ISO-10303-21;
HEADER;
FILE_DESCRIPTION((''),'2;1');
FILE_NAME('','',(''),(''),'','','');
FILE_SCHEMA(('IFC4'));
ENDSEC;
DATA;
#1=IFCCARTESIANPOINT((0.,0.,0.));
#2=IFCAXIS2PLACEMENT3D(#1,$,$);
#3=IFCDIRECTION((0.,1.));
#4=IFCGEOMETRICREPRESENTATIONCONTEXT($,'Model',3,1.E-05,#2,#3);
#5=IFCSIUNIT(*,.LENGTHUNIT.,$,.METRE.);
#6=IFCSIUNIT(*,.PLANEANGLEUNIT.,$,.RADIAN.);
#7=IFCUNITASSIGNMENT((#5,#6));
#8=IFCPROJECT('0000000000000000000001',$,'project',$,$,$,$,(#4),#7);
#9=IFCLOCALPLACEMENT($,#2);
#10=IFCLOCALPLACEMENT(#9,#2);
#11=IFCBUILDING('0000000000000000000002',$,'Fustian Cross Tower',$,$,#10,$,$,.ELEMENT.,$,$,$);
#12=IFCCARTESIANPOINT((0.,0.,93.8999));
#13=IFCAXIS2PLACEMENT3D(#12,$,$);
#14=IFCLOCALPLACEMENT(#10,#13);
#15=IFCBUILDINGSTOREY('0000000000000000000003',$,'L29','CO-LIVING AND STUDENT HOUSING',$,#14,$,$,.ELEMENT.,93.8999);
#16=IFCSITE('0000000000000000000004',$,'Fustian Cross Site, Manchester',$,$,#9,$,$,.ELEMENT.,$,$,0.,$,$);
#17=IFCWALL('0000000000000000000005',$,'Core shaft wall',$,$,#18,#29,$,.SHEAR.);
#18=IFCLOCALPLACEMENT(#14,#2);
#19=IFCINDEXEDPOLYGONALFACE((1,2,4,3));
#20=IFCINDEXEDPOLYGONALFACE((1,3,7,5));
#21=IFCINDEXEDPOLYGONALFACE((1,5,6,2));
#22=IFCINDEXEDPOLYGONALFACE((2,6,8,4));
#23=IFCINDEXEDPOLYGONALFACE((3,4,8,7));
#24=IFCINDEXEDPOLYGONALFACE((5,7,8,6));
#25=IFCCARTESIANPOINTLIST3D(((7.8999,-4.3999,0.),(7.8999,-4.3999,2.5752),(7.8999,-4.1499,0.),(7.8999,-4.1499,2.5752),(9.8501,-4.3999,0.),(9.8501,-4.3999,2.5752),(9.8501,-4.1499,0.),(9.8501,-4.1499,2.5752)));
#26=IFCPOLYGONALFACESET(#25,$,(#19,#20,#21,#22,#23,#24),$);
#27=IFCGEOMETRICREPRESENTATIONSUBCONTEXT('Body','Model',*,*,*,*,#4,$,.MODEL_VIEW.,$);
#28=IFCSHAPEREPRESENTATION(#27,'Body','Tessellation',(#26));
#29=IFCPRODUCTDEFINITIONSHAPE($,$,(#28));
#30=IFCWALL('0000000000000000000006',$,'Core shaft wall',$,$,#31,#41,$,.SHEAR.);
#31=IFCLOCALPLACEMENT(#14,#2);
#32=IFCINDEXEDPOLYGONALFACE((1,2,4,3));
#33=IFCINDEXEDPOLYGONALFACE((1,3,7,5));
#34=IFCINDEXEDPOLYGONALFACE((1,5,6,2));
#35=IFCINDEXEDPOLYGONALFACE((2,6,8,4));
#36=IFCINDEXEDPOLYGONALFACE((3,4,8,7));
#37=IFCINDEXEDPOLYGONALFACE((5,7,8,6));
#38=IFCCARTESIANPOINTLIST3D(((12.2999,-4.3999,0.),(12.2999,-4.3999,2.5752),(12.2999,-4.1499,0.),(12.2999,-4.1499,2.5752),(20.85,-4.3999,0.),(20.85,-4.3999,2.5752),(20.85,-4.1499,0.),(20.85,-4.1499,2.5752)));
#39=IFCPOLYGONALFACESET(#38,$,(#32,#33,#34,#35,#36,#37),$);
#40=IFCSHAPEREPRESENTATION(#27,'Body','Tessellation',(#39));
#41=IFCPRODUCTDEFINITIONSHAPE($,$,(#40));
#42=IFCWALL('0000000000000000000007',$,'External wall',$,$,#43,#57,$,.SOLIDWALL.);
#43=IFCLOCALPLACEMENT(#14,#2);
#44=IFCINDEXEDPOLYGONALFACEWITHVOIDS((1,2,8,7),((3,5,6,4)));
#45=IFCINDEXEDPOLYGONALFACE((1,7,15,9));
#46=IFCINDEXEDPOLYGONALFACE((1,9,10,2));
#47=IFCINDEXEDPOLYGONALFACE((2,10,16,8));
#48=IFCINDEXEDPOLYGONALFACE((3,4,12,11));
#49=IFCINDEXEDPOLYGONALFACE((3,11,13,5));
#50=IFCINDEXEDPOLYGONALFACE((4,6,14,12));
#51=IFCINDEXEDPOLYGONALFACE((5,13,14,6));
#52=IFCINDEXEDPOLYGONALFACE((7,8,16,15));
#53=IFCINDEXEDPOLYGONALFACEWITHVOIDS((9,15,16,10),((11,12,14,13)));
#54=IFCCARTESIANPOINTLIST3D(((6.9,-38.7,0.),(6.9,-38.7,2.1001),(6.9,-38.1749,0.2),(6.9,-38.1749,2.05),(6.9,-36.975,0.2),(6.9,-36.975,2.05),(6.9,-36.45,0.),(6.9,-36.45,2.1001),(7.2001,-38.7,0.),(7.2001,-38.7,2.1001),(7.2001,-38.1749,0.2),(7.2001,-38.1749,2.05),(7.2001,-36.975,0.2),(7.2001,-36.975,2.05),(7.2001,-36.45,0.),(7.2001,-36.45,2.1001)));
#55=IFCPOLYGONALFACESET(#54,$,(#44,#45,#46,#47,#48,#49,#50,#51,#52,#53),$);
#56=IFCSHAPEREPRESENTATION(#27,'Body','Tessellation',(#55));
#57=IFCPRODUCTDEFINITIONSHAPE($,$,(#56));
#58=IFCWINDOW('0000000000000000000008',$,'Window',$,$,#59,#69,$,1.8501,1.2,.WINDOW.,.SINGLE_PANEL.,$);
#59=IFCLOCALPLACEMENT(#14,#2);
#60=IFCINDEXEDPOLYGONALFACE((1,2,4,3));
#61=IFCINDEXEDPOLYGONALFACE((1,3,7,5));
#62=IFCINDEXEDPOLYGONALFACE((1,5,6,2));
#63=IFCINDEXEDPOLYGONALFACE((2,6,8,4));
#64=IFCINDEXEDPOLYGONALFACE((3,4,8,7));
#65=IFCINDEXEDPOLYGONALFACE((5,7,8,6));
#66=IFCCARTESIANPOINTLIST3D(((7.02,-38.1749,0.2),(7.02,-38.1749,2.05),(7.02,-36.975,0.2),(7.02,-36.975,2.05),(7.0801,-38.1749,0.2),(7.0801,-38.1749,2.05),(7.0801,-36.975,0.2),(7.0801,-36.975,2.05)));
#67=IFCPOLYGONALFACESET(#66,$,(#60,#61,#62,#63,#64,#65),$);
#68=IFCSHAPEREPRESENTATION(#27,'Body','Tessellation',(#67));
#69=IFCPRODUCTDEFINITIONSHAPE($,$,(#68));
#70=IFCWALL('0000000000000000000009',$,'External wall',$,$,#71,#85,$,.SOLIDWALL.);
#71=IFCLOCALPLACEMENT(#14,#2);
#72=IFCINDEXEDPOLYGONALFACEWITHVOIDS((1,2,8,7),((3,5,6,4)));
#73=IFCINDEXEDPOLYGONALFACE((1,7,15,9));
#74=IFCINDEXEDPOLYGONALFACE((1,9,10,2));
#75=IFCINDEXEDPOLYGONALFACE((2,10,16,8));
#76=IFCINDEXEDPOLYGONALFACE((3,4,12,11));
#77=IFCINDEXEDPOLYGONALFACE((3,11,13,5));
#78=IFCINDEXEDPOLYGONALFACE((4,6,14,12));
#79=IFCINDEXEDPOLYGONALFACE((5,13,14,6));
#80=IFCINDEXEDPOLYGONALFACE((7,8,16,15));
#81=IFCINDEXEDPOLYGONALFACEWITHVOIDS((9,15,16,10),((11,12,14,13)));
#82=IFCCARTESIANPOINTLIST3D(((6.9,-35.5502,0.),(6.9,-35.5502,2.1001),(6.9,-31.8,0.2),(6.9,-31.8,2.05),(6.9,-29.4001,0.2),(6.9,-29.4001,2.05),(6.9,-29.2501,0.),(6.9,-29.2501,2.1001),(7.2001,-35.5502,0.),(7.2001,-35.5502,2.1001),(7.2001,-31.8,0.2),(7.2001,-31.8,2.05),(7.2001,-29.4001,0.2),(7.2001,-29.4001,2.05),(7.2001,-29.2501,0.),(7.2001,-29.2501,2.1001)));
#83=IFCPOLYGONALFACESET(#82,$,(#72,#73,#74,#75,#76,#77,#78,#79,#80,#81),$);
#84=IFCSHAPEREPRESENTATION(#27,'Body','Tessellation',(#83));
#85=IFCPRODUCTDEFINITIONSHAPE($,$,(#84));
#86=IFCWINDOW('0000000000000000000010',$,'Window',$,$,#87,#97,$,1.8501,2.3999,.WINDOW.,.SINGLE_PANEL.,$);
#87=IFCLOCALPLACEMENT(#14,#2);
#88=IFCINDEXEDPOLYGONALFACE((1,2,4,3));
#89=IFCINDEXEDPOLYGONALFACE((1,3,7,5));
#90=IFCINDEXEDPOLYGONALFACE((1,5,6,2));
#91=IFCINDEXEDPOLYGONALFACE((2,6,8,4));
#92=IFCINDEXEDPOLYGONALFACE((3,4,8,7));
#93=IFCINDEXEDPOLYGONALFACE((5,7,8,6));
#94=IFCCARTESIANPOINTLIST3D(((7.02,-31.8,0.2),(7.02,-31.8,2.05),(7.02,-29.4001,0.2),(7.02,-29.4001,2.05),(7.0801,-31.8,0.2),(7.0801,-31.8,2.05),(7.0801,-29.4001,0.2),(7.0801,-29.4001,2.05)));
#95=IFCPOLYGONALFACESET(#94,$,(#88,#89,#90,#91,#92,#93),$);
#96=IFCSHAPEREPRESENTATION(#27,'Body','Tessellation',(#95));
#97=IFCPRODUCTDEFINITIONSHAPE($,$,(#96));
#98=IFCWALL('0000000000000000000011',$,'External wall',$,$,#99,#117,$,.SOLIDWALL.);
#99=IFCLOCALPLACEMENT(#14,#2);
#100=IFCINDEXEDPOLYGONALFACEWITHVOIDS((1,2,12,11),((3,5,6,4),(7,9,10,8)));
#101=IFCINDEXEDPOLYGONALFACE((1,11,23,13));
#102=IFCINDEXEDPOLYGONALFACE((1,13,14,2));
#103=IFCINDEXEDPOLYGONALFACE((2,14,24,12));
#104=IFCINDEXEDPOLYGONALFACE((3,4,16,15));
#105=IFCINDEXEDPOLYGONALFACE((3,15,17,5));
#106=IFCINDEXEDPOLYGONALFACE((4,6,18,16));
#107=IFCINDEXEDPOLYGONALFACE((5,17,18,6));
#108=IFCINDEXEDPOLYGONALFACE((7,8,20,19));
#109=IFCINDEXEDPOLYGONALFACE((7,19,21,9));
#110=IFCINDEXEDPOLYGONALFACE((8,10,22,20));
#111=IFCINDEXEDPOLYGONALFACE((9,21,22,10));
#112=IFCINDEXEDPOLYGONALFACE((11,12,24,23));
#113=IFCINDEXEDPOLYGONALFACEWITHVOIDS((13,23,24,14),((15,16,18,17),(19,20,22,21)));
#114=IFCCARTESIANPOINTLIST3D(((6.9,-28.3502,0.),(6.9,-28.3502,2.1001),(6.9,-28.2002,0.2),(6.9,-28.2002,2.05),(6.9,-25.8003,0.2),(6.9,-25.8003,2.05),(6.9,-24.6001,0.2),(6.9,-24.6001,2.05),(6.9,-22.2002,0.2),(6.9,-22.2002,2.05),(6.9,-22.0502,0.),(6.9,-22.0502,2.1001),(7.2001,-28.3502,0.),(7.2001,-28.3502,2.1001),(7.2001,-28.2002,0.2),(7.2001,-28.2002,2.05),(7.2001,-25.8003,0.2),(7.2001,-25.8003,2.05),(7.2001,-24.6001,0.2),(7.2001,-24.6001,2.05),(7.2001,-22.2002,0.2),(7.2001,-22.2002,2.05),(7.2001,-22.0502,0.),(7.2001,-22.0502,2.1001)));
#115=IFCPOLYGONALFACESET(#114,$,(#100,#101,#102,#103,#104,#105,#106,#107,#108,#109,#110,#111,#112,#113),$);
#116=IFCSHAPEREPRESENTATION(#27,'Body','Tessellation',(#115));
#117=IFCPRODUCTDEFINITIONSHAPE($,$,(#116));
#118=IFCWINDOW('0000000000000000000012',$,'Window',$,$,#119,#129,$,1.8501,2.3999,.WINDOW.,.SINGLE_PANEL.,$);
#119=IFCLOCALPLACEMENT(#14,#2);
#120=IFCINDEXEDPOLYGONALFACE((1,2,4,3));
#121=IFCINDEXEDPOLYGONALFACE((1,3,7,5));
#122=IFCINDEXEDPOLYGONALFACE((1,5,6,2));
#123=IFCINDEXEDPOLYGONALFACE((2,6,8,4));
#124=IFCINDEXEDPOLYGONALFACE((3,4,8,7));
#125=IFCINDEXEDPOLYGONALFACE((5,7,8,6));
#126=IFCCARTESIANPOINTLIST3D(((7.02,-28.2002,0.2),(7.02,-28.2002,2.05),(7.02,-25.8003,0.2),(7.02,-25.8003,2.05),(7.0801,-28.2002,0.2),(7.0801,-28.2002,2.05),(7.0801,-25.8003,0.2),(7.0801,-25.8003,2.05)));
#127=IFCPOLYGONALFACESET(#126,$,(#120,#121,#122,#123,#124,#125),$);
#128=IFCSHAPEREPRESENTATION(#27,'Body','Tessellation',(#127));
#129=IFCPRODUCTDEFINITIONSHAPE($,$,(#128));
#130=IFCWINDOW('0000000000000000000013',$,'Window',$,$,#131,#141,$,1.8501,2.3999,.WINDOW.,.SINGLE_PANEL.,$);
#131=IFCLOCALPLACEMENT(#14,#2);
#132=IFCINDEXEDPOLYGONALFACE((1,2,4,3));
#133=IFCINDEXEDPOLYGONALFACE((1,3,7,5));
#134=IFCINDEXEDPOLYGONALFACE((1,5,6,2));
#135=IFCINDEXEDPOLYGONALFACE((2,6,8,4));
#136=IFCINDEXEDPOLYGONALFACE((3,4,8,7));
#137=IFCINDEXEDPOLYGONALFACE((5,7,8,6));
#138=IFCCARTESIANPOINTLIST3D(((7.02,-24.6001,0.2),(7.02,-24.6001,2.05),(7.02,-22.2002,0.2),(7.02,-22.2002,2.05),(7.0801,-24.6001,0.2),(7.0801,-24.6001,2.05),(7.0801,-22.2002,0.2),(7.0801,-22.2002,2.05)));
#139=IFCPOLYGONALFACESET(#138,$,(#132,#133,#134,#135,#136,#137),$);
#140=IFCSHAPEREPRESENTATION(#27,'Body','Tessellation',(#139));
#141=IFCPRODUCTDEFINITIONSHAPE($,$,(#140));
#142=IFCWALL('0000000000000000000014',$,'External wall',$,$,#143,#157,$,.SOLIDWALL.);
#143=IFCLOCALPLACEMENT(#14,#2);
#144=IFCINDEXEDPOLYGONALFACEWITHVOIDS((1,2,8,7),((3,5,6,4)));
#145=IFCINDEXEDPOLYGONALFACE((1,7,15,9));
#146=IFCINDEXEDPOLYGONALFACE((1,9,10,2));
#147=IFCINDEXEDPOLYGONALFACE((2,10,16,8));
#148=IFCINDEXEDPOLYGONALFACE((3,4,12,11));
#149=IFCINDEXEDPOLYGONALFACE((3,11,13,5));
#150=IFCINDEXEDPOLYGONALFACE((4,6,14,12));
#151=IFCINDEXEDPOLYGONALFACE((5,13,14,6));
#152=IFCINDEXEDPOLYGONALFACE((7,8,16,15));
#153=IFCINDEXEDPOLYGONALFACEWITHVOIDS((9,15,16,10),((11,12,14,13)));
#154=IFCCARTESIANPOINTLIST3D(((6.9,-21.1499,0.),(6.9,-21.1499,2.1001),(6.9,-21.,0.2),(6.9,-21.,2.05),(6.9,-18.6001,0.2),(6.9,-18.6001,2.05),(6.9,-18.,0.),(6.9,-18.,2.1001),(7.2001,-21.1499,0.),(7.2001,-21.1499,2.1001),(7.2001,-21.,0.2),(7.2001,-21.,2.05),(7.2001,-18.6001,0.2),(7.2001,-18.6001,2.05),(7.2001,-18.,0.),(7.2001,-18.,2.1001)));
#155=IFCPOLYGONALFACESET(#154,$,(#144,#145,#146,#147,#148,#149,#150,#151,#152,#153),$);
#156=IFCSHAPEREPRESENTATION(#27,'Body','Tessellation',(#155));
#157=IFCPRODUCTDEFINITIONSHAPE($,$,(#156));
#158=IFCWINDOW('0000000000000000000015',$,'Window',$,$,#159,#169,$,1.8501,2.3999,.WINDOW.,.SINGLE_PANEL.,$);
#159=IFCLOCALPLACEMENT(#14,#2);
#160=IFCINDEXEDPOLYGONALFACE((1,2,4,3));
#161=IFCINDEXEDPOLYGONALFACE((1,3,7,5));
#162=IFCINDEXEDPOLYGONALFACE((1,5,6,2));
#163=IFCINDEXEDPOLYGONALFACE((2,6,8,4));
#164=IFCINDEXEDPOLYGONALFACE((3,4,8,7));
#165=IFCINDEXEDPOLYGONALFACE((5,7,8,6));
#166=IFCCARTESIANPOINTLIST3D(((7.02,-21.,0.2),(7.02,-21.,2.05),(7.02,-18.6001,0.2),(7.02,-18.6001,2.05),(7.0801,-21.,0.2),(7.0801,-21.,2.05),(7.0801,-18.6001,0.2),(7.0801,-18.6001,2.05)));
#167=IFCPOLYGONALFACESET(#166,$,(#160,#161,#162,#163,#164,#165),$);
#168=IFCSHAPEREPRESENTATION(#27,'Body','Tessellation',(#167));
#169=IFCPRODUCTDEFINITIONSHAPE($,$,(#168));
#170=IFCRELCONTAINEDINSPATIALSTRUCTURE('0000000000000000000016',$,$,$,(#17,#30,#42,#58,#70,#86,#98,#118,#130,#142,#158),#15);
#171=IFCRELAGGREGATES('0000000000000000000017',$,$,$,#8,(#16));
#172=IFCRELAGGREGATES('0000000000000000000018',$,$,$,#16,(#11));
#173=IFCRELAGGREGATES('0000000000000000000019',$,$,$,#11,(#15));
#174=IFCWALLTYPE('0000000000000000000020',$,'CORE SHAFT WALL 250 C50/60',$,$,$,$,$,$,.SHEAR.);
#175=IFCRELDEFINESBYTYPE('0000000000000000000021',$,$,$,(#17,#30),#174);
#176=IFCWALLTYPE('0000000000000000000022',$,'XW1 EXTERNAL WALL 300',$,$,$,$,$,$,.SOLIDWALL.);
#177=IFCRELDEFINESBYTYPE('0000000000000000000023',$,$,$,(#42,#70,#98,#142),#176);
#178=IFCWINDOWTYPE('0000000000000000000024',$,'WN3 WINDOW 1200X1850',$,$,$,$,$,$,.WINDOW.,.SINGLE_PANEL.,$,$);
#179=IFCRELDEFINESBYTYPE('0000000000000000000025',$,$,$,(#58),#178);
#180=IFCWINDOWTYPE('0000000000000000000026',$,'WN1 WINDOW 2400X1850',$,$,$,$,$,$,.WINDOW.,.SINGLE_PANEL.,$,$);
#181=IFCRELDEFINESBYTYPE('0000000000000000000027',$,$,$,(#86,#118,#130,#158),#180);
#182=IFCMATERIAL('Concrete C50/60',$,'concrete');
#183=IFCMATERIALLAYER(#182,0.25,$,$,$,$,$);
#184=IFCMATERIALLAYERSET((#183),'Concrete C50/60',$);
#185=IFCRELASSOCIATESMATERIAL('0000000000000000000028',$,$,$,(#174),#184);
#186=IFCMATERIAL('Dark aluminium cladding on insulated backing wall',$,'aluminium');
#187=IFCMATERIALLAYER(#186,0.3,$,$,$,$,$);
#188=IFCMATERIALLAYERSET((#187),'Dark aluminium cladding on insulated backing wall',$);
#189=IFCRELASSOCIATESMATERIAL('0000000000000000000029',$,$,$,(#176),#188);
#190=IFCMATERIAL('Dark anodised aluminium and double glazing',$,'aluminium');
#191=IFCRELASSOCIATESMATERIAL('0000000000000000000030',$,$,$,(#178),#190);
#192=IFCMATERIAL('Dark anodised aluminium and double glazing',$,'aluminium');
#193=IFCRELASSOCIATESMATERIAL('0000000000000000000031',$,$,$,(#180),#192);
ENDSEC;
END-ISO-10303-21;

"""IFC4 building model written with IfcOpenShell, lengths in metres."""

from ifc_helpers import new_model, si_unit, direction, frame, frame_2d, origin, place, context, subcontext, project, spatial, rectangle, extrude, material, layer, layer_set, type_object, element, fill, save


model = new_model("IFC4")

# Units and contexts
model_context = context("Model", 3, precision=1e-05, world=origin(), true_north=direction((0.0, 1.0)))
body_context = subcontext(model_context, "Body", "Model", "MODEL_VIEW")
ifc_project = project(units=[si_unit("LENGTHUNIT", "METRE"), si_unit("PLANEANGLEUNIT", "RADIAN")], contexts=[model_context])

# Site, building, storey
site_placement = place(None, origin())
site = spatial("IfcSite", under=ifc_project, at=site_placement, Name="Fustian Cross Site, Manchester", CompositionType="ELEMENT", RefElevation=0.0)
building_placement = place(site_placement, origin())
building = spatial("IfcBuilding", under=site, at=building_placement, Name="Fustian Cross Tower", CompositionType="ELEMENT")
storey_placement = place(building_placement, frame((0.0, 0.0, 93.8999)))
storey = spatial("IfcBuildingStorey", under=building, at=storey_placement, Name="L29", Description="CO-LIVING AND STUDENT HOUSING", CompositionType="ELEMENT", Elevation=93.8999)

# Walls
ifc_material_1 = material(Name="Concrete C50/60", Category="concrete")
ifc_layer_1 = layer(ifc_material_1, 0.25)
ifc_layer_set_1 = layer_set([ifc_layer_1], Name="Concrete C50/60")
wall_type_1 = type_object("IfcWallType", Name="CORE SHAFT WALL 250 C50/60", PredefinedType="SHEAR", material=ifc_layer_set_1)
wall_1_placement = place(storey_placement, frame((7.8999, -4.2749, 0.0), z_axis=(0.0, 0.0, 1.0), x_axis=(1.0, 0.0, 0.0)))
element("IfcWall", 1, at=wall_1_placement, inside=storey, type_object=wall_type_1, Name="Core shaft wall", PredefinedType="SHEAR", context=body_context, shape_type="SweptSolid", body=[
    extrude(rectangle(XDim=1.9502, YDim=0.25, at=frame_2d((0.9751, 0.0))), origin(), (0.0, 0.0, 1.0), 2.5752),
])
wall_2_placement = place(storey_placement, frame((12.3, -4.2749, 0.0), z_axis=(0.0, 0.0, 1.0), x_axis=(1.0, 0.0, 0.0)))
element("IfcWall", 2, at=wall_2_placement, inside=storey, type_object=wall_type_1, Name="Core shaft wall", PredefinedType="SHEAR", context=body_context, shape_type="SweptSolid", body=[
    extrude(rectangle(XDim=8.55, YDim=0.25, at=frame_2d((4.2749, 0.0))), origin(), (0.0, 0.0, 1.0), 2.5752),
])

# Walls, openings, windows
ifc_material_2 = material(Name="Dark aluminium cladding on insulated backing wall", Category="aluminium")
ifc_layer_2 = layer(ifc_material_2, 0.3)
ifc_layer_set_2 = layer_set([ifc_layer_2], Name="Dark aluminium cladding on insulated backing wall")
wall_type_2 = type_object("IfcWallType", Name="XW1 EXTERNAL WALL 300", PredefinedType="SOLIDWALL", material=ifc_layer_set_2)
wall_3_placement = place(storey_placement, frame((7.05, -38.7, 0.0), z_axis=(0.0, 0.0, 1.0), x_axis=(0.0, 1.0, 0.0)))
wall_3 = element("IfcWall", 3, at=wall_3_placement, inside=storey, type_object=wall_type_2, Name="External wall", PredefinedType="SOLIDWALL", context=body_context, shape_type="SweptSolid", body=[
    extrude(rectangle(XDim=2.25, YDim=0.3, at=frame_2d((1.125, 0.0))), origin(), (0.0, 0.0, 1.0), 2.1001),
])
opening_1_placement = place(wall_3_placement, frame((0.5249, 0.0, 0.2)))
opening_1 = element("IfcOpeningElement", 4, at=opening_1_placement, cuts=wall_3, PredefinedType="OPENING", context=body_context, shape_type="SweptSolid", body=[
    extrude(rectangle(XDim=1.2, YDim=1.8501, at=frame_2d((0.6001, 0.925))), frame((0.0, 0.1599, 0.0), z_axis=(0.0, -1.0, 0.0), x_axis=(1.0, 0.0, 0.0)), (0.0, 0.0, 1.0), 0.3201),
])
ifc_material_3 = material(Name="Dark anodised aluminium and double glazing", Category="aluminium")
window_type_1 = type_object("IfcWindowType", Name="WN3 WINDOW 1200X1850", PartitioningType="SINGLE_PANEL", PredefinedType="WINDOW", material=ifc_material_3)
window_1_placement = place(opening_1_placement, origin())
window_1 = element("IfcWindow", 5, at=window_1_placement, inside=storey, type_object=window_type_1, Name="Window", OverallHeight=1.8501, OverallWidth=1.2, PartitioningType="SINGLE_PANEL", PredefinedType="WINDOW", context=body_context, shape_type="SweptSolid", body=[
    extrude(rectangle(XDim=1.2, YDim=1.8501, at=frame_2d((0.6001, 0.925))), frame((0.0, 0.03, 0.0), z_axis=(0.0, -1.0, 0.0), x_axis=(1.0, 0.0, 0.0)), (0.0, 0.0, 1.0), 0.0601),
])
fill(opening_1, window_1)
wall_4_placement = place(storey_placement, frame((7.05, -35.55, 0.0), z_axis=(0.0, 0.0, 1.0), x_axis=(0.0, 1.0, 0.0)))
wall_4 = element("IfcWall", 6, at=wall_4_placement, inside=storey, type_object=wall_type_2, Name="External wall", PredefinedType="SOLIDWALL", context=body_context, shape_type="SweptSolid", body=[
    extrude(rectangle(XDim=6.3, YDim=0.3, at=frame_2d((3.1499, 0.0))), origin(), (0.0, 0.0, 1.0), 2.1001),
])
opening_2_placement = place(wall_4_placement, frame((3.75, 0.0, 0.2)))
opening_2 = element("IfcOpeningElement", 7, at=opening_2_placement, cuts=wall_4, PredefinedType="OPENING", context=body_context, shape_type="SweptSolid", body=[
    extrude(rectangle(XDim=2.3999, YDim=1.8501, at=frame_2d((1.2, 0.925))), frame((0.0, 0.1599, 0.0), z_axis=(0.0, -1.0, 0.0), x_axis=(1.0, 0.0, 0.0)), (0.0, 0.0, 1.0), 0.3201),
])
ifc_material_4 = material(Name="Dark anodised aluminium and double glazing", Category="aluminium")
window_type_2 = type_object("IfcWindowType", Name="WN1 WINDOW 2400X1850", PartitioningType="SINGLE_PANEL", PredefinedType="WINDOW", material=ifc_material_4)
window_2_placement = place(opening_2_placement, origin())
window_2 = element("IfcWindow", 8, at=window_2_placement, inside=storey, type_object=window_type_2, Name="Window", OverallHeight=1.8501, OverallWidth=2.3999, PartitioningType="SINGLE_PANEL", PredefinedType="WINDOW", context=body_context, shape_type="SweptSolid", body=[
    extrude(rectangle(XDim=2.3999, YDim=1.8501, at=frame_2d((1.2, 0.925))), frame((0.0, 0.03, 0.0), z_axis=(0.0, -1.0, 0.0), x_axis=(1.0, 0.0, 0.0)), (0.0, 0.0, 1.0), 0.0601),
])
fill(opening_2, window_2)

# Wall, openings, windows
wall_5_placement = place(storey_placement, frame((7.05, -28.3501, 0.0), z_axis=(0.0, 0.0, 1.0), x_axis=(0.0, 1.0, 0.0)))
wall_5 = element("IfcWall", 9, at=wall_5_placement, inside=storey, type_object=wall_type_2, Name="External wall", PredefinedType="SOLIDWALL", context=body_context, shape_type="SweptSolid", body=[
    extrude(rectangle(XDim=6.3, YDim=0.3, at=frame_2d((3.1499, 0.0))), origin(), (0.0, 0.0, 1.0), 2.1001),
])
opening_3_placement = place(wall_5_placement, frame((0.1499, 0.0, 0.2)))
opening_3 = element("IfcOpeningElement", 10, at=opening_3_placement, cuts=wall_5, PredefinedType="OPENING", context=body_context, shape_type="SweptSolid", body=[
    extrude(rectangle(XDim=2.3999, YDim=1.8501, at=frame_2d((1.2, 0.925))), frame((0.0, 0.1599, 0.0), z_axis=(0.0, -1.0, 0.0), x_axis=(1.0, 0.0, 0.0)), (0.0, 0.0, 1.0), 0.3201),
])
opening_4_placement = place(wall_5_placement, frame((3.75, 0.0, 0.2)))
opening_4 = element("IfcOpeningElement", 11, at=opening_4_placement, cuts=wall_5, PredefinedType="OPENING", context=body_context, shape_type="SweptSolid", body=[
    extrude(rectangle(XDim=2.3999, YDim=1.8501, at=frame_2d((1.2, 0.925))), frame((0.0, 0.1599, 0.0), z_axis=(0.0, -1.0, 0.0), x_axis=(1.0, 0.0, 0.0)), (0.0, 0.0, 1.0), 0.3201),
])
window_3_placement = place(opening_3_placement, origin())
window_3 = element("IfcWindow", 12, at=window_3_placement, inside=storey, type_object=window_type_2, Name="Window", OverallHeight=1.8501, OverallWidth=2.3999, PartitioningType="SINGLE_PANEL", PredefinedType="WINDOW", context=body_context, shape_type="SweptSolid", body=[
    extrude(rectangle(XDim=2.3999, YDim=1.8501, at=frame_2d((1.2, 0.925))), frame((0.0, 0.03, 0.0), z_axis=(0.0, -1.0, 0.0), x_axis=(1.0, 0.0, 0.0)), (0.0, 0.0, 1.0), 0.0601),
])
fill(opening_3, window_3)
window_4_placement = place(opening_4_placement, origin())
window_4 = element("IfcWindow", 13, at=window_4_placement, inside=storey, type_object=window_type_2, Name="Window", OverallHeight=1.8501, OverallWidth=2.3999, PartitioningType="SINGLE_PANEL", PredefinedType="WINDOW", context=body_context, shape_type="SweptSolid", body=[
    extrude(rectangle(XDim=2.3999, YDim=1.8501, at=frame_2d((1.2, 0.925))), frame((0.0, 0.03, 0.0), z_axis=(0.0, -1.0, 0.0), x_axis=(1.0, 0.0, 0.0)), (0.0, 0.0, 1.0), 0.0601),
])
fill(opening_4, window_4)

# Wall, opening, window
wall_6_placement = place(storey_placement, frame((7.05, -21.1499, 0.0), z_axis=(0.0, 0.0, 1.0), x_axis=(0.0, 1.0, 0.0)))
wall_6 = element("IfcWall", 14, at=wall_6_placement, inside=storey, type_object=wall_type_2, Name="External wall", PredefinedType="SOLIDWALL", context=body_context, shape_type="SweptSolid", body=[
    extrude(rectangle(XDim=3.1499, YDim=0.3, at=frame_2d((1.575, 0.0))), origin(), (0.0, 0.0, 1.0), 2.1001),
])
opening_5_placement = place(wall_6_placement, frame((0.1499, 0.0, 0.2)))
opening_5 = element("IfcOpeningElement", 15, at=opening_5_placement, cuts=wall_6, PredefinedType="OPENING", context=body_context, shape_type="SweptSolid", body=[
    extrude(rectangle(XDim=2.3999, YDim=1.8501, at=frame_2d((1.2, 0.925))), frame((0.0, 0.1599, 0.0), z_axis=(0.0, -1.0, 0.0), x_axis=(1.0, 0.0, 0.0)), (0.0, 0.0, 1.0), 0.3201),
])
window_5_placement = place(opening_5_placement, origin())
window_5 = element("IfcWindow", 16, at=window_5_placement, inside=storey, type_object=window_type_2, Name="Window", OverallHeight=1.8501, OverallWidth=2.3999, PartitioningType="SINGLE_PANEL", PredefinedType="WINDOW", context=body_context, shape_type="SweptSolid", body=[
    extrude(rectangle(XDim=2.3999, YDim=1.8501, at=frame_2d((1.2, 0.925))), frame((0.0, 0.03, 0.0), z_axis=(0.0, -1.0, 0.0), x_axis=(1.0, 0.0, 0.0)), (0.0, 0.0, 1.0), 0.0601),
])
fill(opening_5, window_5)

save(model, "model.ifc")
